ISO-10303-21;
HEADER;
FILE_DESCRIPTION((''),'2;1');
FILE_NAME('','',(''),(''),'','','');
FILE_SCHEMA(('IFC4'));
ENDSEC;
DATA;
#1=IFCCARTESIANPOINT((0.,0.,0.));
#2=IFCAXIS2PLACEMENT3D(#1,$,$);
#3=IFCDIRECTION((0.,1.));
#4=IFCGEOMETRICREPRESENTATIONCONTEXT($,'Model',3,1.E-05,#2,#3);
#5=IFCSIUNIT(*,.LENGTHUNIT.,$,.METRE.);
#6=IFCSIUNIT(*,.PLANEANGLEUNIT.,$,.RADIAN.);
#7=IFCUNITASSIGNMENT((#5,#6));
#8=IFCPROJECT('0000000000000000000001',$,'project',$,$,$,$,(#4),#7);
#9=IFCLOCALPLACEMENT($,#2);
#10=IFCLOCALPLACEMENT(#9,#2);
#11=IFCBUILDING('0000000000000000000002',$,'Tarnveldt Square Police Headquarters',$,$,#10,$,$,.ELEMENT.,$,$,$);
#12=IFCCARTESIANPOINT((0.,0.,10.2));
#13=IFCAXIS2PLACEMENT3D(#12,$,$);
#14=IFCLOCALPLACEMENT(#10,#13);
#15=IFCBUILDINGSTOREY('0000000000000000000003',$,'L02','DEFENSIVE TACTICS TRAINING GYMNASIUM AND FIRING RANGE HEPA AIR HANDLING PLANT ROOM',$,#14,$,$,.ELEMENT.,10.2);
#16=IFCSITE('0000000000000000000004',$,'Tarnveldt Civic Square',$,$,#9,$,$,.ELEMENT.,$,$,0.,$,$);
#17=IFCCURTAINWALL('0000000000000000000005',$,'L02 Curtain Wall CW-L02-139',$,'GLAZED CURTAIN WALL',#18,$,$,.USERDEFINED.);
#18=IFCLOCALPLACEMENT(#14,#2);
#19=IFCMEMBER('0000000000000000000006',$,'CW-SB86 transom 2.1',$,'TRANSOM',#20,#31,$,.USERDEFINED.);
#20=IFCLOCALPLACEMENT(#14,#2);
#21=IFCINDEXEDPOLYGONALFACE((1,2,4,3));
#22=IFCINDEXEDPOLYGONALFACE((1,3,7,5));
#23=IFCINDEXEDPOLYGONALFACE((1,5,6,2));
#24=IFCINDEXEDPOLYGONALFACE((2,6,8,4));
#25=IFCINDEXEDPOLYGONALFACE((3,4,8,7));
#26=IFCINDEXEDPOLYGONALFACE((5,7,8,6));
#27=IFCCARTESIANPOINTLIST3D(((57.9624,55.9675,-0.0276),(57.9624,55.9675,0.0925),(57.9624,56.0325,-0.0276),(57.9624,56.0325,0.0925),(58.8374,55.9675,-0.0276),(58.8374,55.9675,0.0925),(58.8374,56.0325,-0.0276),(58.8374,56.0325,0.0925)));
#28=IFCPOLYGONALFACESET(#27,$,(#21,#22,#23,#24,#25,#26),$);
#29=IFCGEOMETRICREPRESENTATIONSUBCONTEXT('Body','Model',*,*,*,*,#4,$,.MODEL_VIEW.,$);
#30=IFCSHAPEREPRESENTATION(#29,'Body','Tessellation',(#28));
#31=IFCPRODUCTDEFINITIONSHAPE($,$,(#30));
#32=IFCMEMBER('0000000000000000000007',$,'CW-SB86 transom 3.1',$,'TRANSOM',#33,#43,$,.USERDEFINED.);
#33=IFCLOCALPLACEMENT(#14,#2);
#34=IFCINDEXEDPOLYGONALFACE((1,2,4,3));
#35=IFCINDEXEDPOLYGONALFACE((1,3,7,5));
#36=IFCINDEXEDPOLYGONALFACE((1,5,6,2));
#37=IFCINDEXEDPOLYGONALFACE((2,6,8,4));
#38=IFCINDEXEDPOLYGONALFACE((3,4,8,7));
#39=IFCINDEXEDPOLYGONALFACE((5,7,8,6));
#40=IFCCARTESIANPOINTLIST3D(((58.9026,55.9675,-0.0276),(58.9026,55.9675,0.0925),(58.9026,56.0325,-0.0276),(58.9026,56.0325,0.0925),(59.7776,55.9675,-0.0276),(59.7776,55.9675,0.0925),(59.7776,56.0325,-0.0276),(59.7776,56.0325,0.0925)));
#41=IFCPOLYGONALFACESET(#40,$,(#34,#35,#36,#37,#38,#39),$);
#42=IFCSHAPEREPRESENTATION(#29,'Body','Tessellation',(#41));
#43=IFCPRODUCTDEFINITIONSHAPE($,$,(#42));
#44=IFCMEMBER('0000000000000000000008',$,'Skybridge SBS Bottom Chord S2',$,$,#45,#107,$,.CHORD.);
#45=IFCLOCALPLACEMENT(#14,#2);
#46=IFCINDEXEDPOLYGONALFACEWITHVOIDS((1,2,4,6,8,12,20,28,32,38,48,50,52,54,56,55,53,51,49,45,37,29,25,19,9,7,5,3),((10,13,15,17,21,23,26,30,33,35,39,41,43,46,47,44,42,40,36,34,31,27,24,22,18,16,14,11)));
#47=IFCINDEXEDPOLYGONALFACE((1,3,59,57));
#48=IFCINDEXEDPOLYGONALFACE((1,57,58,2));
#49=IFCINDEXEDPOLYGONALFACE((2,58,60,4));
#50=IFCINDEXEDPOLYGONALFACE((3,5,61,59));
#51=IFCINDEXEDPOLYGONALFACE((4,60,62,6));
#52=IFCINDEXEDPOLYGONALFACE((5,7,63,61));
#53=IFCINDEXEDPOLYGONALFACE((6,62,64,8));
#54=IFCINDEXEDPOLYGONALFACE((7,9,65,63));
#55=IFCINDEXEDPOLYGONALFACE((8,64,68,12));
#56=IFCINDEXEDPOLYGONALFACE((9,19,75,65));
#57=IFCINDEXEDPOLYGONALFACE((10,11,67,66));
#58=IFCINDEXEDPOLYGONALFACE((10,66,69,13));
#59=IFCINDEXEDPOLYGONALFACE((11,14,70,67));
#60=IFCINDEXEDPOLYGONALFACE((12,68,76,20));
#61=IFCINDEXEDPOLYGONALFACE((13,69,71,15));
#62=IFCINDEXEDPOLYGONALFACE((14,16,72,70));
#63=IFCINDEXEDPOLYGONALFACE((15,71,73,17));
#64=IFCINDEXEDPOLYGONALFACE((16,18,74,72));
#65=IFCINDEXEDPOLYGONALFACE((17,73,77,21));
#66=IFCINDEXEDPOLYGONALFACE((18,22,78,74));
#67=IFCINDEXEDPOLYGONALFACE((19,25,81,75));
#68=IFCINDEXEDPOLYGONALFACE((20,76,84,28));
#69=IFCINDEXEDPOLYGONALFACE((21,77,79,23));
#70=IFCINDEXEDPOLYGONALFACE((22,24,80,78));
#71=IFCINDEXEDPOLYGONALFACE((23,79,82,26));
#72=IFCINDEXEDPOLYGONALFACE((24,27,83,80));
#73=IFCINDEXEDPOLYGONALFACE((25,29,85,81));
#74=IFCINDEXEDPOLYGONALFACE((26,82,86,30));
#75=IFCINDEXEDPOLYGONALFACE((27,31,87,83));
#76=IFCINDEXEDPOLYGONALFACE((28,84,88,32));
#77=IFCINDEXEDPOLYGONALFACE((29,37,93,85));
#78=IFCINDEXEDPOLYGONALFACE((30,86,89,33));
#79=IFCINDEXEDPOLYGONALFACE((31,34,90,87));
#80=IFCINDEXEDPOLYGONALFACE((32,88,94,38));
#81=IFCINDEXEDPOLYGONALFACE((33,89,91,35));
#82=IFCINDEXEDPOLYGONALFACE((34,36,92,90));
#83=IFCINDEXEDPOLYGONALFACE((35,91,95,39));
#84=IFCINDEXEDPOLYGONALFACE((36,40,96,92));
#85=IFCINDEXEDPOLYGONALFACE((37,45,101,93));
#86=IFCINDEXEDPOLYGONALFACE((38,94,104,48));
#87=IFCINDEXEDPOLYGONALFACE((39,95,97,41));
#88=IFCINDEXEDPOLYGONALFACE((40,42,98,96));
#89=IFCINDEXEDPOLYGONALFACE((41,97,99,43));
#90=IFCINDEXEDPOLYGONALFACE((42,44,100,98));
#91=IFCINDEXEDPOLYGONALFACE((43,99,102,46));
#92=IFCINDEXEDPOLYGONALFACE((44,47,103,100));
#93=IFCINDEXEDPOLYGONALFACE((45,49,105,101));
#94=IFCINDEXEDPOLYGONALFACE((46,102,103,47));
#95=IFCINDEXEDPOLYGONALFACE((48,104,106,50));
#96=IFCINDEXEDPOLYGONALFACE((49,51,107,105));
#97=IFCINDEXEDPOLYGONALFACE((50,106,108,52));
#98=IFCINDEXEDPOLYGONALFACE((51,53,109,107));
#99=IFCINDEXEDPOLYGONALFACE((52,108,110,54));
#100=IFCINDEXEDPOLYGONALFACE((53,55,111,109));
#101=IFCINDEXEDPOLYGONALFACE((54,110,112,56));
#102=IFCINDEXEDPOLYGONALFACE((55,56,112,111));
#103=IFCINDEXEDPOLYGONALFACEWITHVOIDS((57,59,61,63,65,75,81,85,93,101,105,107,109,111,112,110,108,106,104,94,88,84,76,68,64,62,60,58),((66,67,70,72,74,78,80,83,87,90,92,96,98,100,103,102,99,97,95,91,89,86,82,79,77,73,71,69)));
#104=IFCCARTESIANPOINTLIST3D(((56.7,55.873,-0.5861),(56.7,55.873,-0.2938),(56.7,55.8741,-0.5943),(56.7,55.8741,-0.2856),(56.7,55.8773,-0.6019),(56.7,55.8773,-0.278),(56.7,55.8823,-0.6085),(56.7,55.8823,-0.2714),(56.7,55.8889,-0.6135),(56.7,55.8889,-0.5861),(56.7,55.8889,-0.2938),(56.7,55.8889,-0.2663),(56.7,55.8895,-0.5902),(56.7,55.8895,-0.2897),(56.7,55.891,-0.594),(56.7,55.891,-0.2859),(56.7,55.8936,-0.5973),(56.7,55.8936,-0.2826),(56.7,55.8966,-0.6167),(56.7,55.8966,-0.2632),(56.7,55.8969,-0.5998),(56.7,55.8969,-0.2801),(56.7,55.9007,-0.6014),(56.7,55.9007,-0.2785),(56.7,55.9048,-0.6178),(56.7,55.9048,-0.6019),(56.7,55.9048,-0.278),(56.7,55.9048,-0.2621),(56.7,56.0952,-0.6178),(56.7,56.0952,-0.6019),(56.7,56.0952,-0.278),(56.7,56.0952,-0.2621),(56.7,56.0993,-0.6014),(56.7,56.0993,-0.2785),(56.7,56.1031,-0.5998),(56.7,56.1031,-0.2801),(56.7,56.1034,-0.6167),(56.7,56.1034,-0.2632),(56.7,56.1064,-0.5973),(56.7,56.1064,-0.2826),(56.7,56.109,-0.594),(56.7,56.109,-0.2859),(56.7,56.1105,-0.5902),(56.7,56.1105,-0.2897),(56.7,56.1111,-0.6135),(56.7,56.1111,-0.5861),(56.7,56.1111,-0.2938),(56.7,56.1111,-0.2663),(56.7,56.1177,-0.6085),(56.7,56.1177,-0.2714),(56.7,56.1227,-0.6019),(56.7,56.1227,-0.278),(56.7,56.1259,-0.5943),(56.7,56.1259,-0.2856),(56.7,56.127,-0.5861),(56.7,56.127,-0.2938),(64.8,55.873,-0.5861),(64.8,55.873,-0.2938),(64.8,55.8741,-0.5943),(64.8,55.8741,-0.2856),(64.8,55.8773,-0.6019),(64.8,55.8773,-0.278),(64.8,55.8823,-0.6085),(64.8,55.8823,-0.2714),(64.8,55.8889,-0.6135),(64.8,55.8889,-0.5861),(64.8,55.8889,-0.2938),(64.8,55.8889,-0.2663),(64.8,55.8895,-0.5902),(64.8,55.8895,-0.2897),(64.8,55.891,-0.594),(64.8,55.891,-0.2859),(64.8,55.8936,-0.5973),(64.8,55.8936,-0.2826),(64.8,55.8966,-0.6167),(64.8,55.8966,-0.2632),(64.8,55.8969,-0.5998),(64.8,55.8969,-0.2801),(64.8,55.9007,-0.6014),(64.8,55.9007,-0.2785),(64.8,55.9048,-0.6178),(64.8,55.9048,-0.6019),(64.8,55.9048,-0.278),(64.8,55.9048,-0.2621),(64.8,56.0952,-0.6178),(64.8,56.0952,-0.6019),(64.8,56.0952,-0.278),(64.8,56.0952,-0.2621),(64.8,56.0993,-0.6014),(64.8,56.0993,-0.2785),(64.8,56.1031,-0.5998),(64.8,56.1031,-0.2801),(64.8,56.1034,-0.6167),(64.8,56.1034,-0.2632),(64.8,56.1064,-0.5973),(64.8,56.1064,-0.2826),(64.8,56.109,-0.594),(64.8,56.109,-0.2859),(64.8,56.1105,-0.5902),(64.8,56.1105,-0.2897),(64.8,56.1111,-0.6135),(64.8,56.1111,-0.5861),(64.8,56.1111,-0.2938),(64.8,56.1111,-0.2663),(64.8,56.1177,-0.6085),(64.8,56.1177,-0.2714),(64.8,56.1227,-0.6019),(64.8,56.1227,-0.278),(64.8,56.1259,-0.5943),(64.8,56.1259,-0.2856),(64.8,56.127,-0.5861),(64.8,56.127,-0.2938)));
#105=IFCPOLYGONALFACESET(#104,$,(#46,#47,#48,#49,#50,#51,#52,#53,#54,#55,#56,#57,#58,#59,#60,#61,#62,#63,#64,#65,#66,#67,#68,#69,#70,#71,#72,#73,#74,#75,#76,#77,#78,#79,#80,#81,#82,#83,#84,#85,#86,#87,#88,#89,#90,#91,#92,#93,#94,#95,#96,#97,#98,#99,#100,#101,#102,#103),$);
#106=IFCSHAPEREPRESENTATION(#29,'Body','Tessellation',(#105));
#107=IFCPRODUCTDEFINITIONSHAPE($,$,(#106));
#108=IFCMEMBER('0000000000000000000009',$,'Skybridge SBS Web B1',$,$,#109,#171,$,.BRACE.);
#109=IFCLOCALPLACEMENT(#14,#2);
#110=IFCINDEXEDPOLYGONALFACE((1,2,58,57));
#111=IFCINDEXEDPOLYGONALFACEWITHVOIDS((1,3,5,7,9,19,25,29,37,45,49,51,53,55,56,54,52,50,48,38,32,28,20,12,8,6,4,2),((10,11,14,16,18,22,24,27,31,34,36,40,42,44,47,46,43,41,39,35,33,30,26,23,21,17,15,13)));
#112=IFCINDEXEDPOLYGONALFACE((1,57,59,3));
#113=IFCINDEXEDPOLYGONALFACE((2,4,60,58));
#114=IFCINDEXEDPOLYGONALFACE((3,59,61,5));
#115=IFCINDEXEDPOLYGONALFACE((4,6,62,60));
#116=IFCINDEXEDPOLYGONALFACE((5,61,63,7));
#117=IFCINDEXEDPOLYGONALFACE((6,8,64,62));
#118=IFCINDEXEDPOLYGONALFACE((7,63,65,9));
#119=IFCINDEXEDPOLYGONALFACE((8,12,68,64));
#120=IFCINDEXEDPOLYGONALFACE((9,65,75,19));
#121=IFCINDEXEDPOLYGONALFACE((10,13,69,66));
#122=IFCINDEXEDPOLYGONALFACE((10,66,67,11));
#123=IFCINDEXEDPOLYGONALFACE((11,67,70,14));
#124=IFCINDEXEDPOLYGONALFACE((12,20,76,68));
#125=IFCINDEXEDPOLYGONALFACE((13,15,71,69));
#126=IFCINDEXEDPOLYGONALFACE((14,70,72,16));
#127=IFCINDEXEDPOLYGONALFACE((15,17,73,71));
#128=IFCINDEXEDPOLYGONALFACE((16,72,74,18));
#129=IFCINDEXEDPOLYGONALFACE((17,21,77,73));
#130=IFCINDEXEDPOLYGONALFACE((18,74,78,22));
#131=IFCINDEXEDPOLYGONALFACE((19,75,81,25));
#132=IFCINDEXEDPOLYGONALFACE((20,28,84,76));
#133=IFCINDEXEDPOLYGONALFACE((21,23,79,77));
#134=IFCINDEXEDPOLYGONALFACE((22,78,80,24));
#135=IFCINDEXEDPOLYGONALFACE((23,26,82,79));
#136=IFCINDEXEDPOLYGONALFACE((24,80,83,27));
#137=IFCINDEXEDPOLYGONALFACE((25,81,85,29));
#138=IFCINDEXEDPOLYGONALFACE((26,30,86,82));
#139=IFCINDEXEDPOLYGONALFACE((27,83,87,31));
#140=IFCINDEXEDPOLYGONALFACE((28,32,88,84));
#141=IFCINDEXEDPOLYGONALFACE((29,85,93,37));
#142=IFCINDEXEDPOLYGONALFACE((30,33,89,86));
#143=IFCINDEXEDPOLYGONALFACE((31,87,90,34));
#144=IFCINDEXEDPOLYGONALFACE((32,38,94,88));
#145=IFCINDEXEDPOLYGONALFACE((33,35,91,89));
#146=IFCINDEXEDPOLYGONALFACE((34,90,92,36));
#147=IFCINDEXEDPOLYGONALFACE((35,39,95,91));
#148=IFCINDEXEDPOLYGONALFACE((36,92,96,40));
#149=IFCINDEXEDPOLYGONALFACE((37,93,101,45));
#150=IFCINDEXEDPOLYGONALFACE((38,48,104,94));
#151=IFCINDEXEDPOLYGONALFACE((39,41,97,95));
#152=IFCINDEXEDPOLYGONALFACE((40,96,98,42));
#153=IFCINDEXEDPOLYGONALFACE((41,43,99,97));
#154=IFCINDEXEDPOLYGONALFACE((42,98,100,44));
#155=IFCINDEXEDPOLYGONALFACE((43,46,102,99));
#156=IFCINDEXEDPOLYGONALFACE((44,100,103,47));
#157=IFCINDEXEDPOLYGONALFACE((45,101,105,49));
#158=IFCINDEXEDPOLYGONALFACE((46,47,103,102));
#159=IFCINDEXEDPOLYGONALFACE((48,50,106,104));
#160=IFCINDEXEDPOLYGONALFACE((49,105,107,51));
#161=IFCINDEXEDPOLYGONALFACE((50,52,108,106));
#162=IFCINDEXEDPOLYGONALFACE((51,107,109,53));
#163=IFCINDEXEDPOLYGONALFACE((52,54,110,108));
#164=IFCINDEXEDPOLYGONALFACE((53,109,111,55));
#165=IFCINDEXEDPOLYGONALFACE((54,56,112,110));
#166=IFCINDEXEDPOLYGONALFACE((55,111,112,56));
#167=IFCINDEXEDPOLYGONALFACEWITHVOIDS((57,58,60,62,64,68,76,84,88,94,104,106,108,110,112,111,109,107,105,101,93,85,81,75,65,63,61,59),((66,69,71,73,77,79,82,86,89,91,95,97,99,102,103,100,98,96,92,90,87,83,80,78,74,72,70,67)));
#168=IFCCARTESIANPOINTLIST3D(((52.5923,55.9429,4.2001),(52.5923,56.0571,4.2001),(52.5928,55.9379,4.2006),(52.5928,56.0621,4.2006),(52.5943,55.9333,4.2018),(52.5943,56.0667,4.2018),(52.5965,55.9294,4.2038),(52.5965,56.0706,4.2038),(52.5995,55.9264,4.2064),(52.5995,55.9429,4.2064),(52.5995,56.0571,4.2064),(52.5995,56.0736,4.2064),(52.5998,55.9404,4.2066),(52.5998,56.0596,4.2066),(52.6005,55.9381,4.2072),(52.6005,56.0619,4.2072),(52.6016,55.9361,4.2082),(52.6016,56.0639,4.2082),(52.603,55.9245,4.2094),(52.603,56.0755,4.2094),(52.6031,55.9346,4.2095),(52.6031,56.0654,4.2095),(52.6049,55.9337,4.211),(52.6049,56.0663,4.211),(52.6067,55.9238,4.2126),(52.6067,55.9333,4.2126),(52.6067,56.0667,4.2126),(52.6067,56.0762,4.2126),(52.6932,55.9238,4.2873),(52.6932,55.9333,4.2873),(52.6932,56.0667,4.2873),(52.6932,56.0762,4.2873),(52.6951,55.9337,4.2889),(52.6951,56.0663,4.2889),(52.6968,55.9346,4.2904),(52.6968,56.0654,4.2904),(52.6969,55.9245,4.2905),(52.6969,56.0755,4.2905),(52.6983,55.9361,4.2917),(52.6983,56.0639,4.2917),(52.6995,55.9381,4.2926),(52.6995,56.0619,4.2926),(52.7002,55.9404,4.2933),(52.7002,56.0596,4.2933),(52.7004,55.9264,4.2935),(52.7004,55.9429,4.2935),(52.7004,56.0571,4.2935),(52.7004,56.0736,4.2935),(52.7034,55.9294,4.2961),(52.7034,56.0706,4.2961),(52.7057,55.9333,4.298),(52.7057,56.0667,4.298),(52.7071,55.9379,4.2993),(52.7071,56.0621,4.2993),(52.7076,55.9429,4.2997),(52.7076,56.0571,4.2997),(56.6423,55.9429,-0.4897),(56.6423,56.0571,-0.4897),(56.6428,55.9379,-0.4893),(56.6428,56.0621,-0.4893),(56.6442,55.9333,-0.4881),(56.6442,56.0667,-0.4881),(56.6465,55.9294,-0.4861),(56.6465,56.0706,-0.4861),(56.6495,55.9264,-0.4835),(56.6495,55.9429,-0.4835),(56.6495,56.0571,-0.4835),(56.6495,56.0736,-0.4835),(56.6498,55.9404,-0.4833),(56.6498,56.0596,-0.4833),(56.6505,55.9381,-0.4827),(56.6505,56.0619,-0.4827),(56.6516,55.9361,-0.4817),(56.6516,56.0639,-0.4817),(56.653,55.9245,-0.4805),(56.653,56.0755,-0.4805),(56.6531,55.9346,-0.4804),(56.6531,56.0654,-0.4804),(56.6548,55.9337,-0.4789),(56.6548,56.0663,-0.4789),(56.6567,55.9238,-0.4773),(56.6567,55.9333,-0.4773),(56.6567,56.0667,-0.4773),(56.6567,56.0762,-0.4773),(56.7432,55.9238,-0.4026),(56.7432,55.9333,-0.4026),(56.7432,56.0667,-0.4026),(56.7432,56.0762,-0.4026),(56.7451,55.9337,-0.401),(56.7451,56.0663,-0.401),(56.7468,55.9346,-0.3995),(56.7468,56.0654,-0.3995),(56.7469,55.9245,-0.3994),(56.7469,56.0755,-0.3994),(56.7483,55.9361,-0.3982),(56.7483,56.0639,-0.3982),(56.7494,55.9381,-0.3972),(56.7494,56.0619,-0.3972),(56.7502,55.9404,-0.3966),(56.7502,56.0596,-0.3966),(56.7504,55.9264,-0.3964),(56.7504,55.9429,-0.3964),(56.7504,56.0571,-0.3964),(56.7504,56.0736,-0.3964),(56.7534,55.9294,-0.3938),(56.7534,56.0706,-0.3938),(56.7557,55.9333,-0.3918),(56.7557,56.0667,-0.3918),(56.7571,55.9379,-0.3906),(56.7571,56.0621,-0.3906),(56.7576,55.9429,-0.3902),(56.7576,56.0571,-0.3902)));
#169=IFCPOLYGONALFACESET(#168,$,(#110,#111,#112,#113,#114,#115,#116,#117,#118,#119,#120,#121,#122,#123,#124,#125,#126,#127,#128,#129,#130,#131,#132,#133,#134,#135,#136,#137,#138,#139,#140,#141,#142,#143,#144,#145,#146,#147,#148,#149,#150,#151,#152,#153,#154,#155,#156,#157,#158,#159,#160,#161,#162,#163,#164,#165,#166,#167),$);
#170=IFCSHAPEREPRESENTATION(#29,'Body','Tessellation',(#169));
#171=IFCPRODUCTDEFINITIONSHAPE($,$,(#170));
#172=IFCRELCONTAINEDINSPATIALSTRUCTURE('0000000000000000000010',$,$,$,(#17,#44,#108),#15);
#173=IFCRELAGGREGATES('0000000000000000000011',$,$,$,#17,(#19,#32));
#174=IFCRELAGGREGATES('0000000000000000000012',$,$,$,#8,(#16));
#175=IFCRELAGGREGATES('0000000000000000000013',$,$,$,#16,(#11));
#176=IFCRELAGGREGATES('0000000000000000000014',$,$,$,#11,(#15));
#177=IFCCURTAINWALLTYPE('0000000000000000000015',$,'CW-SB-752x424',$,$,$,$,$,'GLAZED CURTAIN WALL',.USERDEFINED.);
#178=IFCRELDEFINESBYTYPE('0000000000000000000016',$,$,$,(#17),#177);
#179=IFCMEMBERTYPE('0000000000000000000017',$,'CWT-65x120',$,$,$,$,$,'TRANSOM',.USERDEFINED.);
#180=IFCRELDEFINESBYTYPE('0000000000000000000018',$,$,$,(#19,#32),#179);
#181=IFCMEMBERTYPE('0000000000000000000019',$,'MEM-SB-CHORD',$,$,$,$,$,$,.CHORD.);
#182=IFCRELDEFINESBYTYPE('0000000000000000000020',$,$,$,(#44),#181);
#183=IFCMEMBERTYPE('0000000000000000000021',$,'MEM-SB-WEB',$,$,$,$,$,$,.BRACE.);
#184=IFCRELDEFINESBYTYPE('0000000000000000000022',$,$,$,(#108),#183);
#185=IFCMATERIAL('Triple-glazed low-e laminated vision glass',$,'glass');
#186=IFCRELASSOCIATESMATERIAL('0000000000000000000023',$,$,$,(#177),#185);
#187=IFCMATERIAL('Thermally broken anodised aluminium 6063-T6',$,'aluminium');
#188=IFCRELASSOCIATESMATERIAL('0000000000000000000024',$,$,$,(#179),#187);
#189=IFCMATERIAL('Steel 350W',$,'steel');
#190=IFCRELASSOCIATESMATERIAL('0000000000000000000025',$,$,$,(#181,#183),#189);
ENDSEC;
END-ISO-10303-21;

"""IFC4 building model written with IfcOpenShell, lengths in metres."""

from ifc_helpers import new_model, si_unit, direction, frame, origin, origin_2d, place, context, subcontext, project, spatial, rectangle, hollow_rectangle, extrude, material, material_profile, profile_set, type_object, element, aggregate, save


model = new_model("IFC4")

# Units and contexts
model_context = context("Model", 3, precision=1e-05, world=origin(), true_north=direction((0.0, 1.0)))
body_context = subcontext(model_context, "Body", "Model", "MODEL_VIEW")
ifc_project = project(units=[si_unit("LENGTHUNIT", "METRE"), si_unit("PLANEANGLEUNIT", "RADIAN")], contexts=[model_context])

# Site, building, storey
site_placement = place(None, origin())
site = spatial("IfcSite", under=ifc_project, at=site_placement, Name="Tarnveldt Civic Square", CompositionType="ELEMENT", RefElevation=0.0)
building_placement = place(site_placement, origin())
building = spatial("IfcBuilding", under=site, at=building_placement, Name="Tarnveldt Square Police Headquarters", CompositionType="ELEMENT")
storey_placement = place(building_placement, frame((0.0, 0.0, 10.2)))
storey = spatial("IfcBuildingStorey", under=building, at=storey_placement, Name="L02", Description="DEFENSIVE TACTICS TRAINING GYMNASIUM AND FIRING RANGE HEPA AIR HANDLING PLANT ROOM", CompositionType="ELEMENT", Elevation=10.2)

# Shared definitions
ifc_material_1 = material(Name="Steel 350W", Category="steel")

# Curtain wall
ifc_material_2 = material(Name="Triple-glazed low-e laminated vision glass", Category="glass")
ifc_material_3 = material(Name="Thermally broken anodised aluminium 6063-T6", Category="aluminium")
curtain_wall_type_1 = type_object("IfcCurtainWallType", Name="CW-SB-752x424", ElementType="GLAZED CURTAIN WALL", PredefinedType="USERDEFINED", material=ifc_material_2)
curtain_wall_1_placement = place(storey_placement, origin())
curtain_wall_1 = element("IfcCurtainWall", 1, at=curtain_wall_1_placement, inside=storey, type_object=curtain_wall_type_1, Name="L02 Curtain Wall CW-L02-139", ObjectType="GLAZED CURTAIN WALL", PredefinedType="USERDEFINED")

# Members
ifc_material_profile_1 = material_profile(ifc_material_3, rectangle(XDim=0.0649, YDim=0.1201, at=origin_2d()), Name="CW-T65x120")
ifc_profile_set_1 = profile_set([ifc_material_profile_1], Name="Thermally broken anodised aluminium 6063-T6")
member_type_1 = type_object("IfcMemberType", Name="CWT-65x120", ElementType="TRANSOM", PredefinedType="USERDEFINED", material=ifc_profile_set_1)
member_1_placement = place(storey_placement, frame((57.9624, 56.0, 0.0325), z_axis=(1.0, 0.0, 0.0), x_axis=(0.0, 1.0, 0.0)))
member_1 = element("IfcMember", 2, at=member_1_placement, type_object=member_type_1, Name="CW-SB86 transom 2.1", ObjectType="TRANSOM", PredefinedType="USERDEFINED", context=body_context, shape_type="SweptSolid", body=[
    extrude(rectangle(XDim=0.0649, YDim=0.1201, at=origin_2d()), origin(), (0.0, 0.0, 1.0), 0.875),
])
member_2_placement = place(storey_placement, frame((58.9026, 56.0, 0.0325), z_axis=(1.0, 0.0, 0.0), x_axis=(0.0, 1.0, 0.0)))
member_2 = element("IfcMember", 3, at=member_2_placement, type_object=member_type_1, Name="CW-SB86 transom 3.1", ObjectType="TRANSOM", PredefinedType="USERDEFINED", context=body_context, shape_type="SweptSolid", body=[
    extrude(rectangle(XDim=0.0649, YDim=0.1201, at=origin_2d()), origin(), (0.0, 0.0, 1.0), 0.875),
])

# Members
ifc_material_profile_2 = material_profile(ifc_material_1, hollow_rectangle(XDim=0.2539, YDim=0.3557, WallThickness=0.0159, InnerFilletRadius=0.0159, OuterFilletRadius=0.0317, at=origin_2d()), Name="HSS356x254x16")
ifc_profile_set_2 = profile_set([ifc_material_profile_2], Name="Steel 350W")
member_type_2 = type_object("IfcMemberType", Name="MEM-SB-CHORD", PredefinedType="CHORD", material=ifc_profile_set_2)
member_3_placement = place(storey_placement, frame((56.7, 56.0, -0.4399), z_axis=(1.0, 0.0, 0.0), x_axis=(0.0, 1.0, 0.0)))
element("IfcMember", 4, at=member_3_placement, inside=storey, type_object=member_type_2, Name="Skybridge SBS Bottom Chord S2", PredefinedType="CHORD", context=body_context, shape_type="SweptSolid", body=[
    extrude(hollow_rectangle(XDim=0.2539, YDim=0.3557, WallThickness=0.0159, InnerFilletRadius=0.0159, OuterFilletRadius=0.0317, at=origin_2d()), origin(), (0.0, 0.0, 1.0), 8.1001),
])
ifc_material_profile_3 = material_profile(ifc_material_1, hollow_rectangle(XDim=0.1523, YDim=0.1523, WallThickness=0.0095, InnerFilletRadius=0.0095, OuterFilletRadius=0.019, at=origin_2d()), Name="HSS152x152x9.5")
ifc_profile_set_3 = profile_set([ifc_material_profile_3], Name="Steel 350W")
member_type_3 = type_object("IfcMemberType", Name="MEM-SB-WEB", PredefinedType="BRACE", material=ifc_profile_set_3)
for number, where, z_axis, x_axis, name in (
    (5, (56.7, 56.0, -0.4399), (-0.653587, 0.0, 0.756851), (0.0, -1.0, 0.0), "Skybridge SBS Web B1"),
):
    element("IfcMember", number, at=place(storey_placement, frame(where, z_axis=z_axis, x_axis=x_axis)), inside=storey, type_object=member_type_3, Name=name, PredefinedType="BRACE", context=body_context, shape_type="SweptSolid", body=[
        extrude(hollow_rectangle(XDim=0.1523, YDim=0.1523, WallThickness=0.0095, InnerFilletRadius=0.0095, OuterFilletRadius=0.019, at=origin_2d()), origin(), (0.0, 0.0, 1.0), 6.1965),
    ])

aggregate(curtain_wall_1, [member_1, member_2])

save(model, "model.ifc")
